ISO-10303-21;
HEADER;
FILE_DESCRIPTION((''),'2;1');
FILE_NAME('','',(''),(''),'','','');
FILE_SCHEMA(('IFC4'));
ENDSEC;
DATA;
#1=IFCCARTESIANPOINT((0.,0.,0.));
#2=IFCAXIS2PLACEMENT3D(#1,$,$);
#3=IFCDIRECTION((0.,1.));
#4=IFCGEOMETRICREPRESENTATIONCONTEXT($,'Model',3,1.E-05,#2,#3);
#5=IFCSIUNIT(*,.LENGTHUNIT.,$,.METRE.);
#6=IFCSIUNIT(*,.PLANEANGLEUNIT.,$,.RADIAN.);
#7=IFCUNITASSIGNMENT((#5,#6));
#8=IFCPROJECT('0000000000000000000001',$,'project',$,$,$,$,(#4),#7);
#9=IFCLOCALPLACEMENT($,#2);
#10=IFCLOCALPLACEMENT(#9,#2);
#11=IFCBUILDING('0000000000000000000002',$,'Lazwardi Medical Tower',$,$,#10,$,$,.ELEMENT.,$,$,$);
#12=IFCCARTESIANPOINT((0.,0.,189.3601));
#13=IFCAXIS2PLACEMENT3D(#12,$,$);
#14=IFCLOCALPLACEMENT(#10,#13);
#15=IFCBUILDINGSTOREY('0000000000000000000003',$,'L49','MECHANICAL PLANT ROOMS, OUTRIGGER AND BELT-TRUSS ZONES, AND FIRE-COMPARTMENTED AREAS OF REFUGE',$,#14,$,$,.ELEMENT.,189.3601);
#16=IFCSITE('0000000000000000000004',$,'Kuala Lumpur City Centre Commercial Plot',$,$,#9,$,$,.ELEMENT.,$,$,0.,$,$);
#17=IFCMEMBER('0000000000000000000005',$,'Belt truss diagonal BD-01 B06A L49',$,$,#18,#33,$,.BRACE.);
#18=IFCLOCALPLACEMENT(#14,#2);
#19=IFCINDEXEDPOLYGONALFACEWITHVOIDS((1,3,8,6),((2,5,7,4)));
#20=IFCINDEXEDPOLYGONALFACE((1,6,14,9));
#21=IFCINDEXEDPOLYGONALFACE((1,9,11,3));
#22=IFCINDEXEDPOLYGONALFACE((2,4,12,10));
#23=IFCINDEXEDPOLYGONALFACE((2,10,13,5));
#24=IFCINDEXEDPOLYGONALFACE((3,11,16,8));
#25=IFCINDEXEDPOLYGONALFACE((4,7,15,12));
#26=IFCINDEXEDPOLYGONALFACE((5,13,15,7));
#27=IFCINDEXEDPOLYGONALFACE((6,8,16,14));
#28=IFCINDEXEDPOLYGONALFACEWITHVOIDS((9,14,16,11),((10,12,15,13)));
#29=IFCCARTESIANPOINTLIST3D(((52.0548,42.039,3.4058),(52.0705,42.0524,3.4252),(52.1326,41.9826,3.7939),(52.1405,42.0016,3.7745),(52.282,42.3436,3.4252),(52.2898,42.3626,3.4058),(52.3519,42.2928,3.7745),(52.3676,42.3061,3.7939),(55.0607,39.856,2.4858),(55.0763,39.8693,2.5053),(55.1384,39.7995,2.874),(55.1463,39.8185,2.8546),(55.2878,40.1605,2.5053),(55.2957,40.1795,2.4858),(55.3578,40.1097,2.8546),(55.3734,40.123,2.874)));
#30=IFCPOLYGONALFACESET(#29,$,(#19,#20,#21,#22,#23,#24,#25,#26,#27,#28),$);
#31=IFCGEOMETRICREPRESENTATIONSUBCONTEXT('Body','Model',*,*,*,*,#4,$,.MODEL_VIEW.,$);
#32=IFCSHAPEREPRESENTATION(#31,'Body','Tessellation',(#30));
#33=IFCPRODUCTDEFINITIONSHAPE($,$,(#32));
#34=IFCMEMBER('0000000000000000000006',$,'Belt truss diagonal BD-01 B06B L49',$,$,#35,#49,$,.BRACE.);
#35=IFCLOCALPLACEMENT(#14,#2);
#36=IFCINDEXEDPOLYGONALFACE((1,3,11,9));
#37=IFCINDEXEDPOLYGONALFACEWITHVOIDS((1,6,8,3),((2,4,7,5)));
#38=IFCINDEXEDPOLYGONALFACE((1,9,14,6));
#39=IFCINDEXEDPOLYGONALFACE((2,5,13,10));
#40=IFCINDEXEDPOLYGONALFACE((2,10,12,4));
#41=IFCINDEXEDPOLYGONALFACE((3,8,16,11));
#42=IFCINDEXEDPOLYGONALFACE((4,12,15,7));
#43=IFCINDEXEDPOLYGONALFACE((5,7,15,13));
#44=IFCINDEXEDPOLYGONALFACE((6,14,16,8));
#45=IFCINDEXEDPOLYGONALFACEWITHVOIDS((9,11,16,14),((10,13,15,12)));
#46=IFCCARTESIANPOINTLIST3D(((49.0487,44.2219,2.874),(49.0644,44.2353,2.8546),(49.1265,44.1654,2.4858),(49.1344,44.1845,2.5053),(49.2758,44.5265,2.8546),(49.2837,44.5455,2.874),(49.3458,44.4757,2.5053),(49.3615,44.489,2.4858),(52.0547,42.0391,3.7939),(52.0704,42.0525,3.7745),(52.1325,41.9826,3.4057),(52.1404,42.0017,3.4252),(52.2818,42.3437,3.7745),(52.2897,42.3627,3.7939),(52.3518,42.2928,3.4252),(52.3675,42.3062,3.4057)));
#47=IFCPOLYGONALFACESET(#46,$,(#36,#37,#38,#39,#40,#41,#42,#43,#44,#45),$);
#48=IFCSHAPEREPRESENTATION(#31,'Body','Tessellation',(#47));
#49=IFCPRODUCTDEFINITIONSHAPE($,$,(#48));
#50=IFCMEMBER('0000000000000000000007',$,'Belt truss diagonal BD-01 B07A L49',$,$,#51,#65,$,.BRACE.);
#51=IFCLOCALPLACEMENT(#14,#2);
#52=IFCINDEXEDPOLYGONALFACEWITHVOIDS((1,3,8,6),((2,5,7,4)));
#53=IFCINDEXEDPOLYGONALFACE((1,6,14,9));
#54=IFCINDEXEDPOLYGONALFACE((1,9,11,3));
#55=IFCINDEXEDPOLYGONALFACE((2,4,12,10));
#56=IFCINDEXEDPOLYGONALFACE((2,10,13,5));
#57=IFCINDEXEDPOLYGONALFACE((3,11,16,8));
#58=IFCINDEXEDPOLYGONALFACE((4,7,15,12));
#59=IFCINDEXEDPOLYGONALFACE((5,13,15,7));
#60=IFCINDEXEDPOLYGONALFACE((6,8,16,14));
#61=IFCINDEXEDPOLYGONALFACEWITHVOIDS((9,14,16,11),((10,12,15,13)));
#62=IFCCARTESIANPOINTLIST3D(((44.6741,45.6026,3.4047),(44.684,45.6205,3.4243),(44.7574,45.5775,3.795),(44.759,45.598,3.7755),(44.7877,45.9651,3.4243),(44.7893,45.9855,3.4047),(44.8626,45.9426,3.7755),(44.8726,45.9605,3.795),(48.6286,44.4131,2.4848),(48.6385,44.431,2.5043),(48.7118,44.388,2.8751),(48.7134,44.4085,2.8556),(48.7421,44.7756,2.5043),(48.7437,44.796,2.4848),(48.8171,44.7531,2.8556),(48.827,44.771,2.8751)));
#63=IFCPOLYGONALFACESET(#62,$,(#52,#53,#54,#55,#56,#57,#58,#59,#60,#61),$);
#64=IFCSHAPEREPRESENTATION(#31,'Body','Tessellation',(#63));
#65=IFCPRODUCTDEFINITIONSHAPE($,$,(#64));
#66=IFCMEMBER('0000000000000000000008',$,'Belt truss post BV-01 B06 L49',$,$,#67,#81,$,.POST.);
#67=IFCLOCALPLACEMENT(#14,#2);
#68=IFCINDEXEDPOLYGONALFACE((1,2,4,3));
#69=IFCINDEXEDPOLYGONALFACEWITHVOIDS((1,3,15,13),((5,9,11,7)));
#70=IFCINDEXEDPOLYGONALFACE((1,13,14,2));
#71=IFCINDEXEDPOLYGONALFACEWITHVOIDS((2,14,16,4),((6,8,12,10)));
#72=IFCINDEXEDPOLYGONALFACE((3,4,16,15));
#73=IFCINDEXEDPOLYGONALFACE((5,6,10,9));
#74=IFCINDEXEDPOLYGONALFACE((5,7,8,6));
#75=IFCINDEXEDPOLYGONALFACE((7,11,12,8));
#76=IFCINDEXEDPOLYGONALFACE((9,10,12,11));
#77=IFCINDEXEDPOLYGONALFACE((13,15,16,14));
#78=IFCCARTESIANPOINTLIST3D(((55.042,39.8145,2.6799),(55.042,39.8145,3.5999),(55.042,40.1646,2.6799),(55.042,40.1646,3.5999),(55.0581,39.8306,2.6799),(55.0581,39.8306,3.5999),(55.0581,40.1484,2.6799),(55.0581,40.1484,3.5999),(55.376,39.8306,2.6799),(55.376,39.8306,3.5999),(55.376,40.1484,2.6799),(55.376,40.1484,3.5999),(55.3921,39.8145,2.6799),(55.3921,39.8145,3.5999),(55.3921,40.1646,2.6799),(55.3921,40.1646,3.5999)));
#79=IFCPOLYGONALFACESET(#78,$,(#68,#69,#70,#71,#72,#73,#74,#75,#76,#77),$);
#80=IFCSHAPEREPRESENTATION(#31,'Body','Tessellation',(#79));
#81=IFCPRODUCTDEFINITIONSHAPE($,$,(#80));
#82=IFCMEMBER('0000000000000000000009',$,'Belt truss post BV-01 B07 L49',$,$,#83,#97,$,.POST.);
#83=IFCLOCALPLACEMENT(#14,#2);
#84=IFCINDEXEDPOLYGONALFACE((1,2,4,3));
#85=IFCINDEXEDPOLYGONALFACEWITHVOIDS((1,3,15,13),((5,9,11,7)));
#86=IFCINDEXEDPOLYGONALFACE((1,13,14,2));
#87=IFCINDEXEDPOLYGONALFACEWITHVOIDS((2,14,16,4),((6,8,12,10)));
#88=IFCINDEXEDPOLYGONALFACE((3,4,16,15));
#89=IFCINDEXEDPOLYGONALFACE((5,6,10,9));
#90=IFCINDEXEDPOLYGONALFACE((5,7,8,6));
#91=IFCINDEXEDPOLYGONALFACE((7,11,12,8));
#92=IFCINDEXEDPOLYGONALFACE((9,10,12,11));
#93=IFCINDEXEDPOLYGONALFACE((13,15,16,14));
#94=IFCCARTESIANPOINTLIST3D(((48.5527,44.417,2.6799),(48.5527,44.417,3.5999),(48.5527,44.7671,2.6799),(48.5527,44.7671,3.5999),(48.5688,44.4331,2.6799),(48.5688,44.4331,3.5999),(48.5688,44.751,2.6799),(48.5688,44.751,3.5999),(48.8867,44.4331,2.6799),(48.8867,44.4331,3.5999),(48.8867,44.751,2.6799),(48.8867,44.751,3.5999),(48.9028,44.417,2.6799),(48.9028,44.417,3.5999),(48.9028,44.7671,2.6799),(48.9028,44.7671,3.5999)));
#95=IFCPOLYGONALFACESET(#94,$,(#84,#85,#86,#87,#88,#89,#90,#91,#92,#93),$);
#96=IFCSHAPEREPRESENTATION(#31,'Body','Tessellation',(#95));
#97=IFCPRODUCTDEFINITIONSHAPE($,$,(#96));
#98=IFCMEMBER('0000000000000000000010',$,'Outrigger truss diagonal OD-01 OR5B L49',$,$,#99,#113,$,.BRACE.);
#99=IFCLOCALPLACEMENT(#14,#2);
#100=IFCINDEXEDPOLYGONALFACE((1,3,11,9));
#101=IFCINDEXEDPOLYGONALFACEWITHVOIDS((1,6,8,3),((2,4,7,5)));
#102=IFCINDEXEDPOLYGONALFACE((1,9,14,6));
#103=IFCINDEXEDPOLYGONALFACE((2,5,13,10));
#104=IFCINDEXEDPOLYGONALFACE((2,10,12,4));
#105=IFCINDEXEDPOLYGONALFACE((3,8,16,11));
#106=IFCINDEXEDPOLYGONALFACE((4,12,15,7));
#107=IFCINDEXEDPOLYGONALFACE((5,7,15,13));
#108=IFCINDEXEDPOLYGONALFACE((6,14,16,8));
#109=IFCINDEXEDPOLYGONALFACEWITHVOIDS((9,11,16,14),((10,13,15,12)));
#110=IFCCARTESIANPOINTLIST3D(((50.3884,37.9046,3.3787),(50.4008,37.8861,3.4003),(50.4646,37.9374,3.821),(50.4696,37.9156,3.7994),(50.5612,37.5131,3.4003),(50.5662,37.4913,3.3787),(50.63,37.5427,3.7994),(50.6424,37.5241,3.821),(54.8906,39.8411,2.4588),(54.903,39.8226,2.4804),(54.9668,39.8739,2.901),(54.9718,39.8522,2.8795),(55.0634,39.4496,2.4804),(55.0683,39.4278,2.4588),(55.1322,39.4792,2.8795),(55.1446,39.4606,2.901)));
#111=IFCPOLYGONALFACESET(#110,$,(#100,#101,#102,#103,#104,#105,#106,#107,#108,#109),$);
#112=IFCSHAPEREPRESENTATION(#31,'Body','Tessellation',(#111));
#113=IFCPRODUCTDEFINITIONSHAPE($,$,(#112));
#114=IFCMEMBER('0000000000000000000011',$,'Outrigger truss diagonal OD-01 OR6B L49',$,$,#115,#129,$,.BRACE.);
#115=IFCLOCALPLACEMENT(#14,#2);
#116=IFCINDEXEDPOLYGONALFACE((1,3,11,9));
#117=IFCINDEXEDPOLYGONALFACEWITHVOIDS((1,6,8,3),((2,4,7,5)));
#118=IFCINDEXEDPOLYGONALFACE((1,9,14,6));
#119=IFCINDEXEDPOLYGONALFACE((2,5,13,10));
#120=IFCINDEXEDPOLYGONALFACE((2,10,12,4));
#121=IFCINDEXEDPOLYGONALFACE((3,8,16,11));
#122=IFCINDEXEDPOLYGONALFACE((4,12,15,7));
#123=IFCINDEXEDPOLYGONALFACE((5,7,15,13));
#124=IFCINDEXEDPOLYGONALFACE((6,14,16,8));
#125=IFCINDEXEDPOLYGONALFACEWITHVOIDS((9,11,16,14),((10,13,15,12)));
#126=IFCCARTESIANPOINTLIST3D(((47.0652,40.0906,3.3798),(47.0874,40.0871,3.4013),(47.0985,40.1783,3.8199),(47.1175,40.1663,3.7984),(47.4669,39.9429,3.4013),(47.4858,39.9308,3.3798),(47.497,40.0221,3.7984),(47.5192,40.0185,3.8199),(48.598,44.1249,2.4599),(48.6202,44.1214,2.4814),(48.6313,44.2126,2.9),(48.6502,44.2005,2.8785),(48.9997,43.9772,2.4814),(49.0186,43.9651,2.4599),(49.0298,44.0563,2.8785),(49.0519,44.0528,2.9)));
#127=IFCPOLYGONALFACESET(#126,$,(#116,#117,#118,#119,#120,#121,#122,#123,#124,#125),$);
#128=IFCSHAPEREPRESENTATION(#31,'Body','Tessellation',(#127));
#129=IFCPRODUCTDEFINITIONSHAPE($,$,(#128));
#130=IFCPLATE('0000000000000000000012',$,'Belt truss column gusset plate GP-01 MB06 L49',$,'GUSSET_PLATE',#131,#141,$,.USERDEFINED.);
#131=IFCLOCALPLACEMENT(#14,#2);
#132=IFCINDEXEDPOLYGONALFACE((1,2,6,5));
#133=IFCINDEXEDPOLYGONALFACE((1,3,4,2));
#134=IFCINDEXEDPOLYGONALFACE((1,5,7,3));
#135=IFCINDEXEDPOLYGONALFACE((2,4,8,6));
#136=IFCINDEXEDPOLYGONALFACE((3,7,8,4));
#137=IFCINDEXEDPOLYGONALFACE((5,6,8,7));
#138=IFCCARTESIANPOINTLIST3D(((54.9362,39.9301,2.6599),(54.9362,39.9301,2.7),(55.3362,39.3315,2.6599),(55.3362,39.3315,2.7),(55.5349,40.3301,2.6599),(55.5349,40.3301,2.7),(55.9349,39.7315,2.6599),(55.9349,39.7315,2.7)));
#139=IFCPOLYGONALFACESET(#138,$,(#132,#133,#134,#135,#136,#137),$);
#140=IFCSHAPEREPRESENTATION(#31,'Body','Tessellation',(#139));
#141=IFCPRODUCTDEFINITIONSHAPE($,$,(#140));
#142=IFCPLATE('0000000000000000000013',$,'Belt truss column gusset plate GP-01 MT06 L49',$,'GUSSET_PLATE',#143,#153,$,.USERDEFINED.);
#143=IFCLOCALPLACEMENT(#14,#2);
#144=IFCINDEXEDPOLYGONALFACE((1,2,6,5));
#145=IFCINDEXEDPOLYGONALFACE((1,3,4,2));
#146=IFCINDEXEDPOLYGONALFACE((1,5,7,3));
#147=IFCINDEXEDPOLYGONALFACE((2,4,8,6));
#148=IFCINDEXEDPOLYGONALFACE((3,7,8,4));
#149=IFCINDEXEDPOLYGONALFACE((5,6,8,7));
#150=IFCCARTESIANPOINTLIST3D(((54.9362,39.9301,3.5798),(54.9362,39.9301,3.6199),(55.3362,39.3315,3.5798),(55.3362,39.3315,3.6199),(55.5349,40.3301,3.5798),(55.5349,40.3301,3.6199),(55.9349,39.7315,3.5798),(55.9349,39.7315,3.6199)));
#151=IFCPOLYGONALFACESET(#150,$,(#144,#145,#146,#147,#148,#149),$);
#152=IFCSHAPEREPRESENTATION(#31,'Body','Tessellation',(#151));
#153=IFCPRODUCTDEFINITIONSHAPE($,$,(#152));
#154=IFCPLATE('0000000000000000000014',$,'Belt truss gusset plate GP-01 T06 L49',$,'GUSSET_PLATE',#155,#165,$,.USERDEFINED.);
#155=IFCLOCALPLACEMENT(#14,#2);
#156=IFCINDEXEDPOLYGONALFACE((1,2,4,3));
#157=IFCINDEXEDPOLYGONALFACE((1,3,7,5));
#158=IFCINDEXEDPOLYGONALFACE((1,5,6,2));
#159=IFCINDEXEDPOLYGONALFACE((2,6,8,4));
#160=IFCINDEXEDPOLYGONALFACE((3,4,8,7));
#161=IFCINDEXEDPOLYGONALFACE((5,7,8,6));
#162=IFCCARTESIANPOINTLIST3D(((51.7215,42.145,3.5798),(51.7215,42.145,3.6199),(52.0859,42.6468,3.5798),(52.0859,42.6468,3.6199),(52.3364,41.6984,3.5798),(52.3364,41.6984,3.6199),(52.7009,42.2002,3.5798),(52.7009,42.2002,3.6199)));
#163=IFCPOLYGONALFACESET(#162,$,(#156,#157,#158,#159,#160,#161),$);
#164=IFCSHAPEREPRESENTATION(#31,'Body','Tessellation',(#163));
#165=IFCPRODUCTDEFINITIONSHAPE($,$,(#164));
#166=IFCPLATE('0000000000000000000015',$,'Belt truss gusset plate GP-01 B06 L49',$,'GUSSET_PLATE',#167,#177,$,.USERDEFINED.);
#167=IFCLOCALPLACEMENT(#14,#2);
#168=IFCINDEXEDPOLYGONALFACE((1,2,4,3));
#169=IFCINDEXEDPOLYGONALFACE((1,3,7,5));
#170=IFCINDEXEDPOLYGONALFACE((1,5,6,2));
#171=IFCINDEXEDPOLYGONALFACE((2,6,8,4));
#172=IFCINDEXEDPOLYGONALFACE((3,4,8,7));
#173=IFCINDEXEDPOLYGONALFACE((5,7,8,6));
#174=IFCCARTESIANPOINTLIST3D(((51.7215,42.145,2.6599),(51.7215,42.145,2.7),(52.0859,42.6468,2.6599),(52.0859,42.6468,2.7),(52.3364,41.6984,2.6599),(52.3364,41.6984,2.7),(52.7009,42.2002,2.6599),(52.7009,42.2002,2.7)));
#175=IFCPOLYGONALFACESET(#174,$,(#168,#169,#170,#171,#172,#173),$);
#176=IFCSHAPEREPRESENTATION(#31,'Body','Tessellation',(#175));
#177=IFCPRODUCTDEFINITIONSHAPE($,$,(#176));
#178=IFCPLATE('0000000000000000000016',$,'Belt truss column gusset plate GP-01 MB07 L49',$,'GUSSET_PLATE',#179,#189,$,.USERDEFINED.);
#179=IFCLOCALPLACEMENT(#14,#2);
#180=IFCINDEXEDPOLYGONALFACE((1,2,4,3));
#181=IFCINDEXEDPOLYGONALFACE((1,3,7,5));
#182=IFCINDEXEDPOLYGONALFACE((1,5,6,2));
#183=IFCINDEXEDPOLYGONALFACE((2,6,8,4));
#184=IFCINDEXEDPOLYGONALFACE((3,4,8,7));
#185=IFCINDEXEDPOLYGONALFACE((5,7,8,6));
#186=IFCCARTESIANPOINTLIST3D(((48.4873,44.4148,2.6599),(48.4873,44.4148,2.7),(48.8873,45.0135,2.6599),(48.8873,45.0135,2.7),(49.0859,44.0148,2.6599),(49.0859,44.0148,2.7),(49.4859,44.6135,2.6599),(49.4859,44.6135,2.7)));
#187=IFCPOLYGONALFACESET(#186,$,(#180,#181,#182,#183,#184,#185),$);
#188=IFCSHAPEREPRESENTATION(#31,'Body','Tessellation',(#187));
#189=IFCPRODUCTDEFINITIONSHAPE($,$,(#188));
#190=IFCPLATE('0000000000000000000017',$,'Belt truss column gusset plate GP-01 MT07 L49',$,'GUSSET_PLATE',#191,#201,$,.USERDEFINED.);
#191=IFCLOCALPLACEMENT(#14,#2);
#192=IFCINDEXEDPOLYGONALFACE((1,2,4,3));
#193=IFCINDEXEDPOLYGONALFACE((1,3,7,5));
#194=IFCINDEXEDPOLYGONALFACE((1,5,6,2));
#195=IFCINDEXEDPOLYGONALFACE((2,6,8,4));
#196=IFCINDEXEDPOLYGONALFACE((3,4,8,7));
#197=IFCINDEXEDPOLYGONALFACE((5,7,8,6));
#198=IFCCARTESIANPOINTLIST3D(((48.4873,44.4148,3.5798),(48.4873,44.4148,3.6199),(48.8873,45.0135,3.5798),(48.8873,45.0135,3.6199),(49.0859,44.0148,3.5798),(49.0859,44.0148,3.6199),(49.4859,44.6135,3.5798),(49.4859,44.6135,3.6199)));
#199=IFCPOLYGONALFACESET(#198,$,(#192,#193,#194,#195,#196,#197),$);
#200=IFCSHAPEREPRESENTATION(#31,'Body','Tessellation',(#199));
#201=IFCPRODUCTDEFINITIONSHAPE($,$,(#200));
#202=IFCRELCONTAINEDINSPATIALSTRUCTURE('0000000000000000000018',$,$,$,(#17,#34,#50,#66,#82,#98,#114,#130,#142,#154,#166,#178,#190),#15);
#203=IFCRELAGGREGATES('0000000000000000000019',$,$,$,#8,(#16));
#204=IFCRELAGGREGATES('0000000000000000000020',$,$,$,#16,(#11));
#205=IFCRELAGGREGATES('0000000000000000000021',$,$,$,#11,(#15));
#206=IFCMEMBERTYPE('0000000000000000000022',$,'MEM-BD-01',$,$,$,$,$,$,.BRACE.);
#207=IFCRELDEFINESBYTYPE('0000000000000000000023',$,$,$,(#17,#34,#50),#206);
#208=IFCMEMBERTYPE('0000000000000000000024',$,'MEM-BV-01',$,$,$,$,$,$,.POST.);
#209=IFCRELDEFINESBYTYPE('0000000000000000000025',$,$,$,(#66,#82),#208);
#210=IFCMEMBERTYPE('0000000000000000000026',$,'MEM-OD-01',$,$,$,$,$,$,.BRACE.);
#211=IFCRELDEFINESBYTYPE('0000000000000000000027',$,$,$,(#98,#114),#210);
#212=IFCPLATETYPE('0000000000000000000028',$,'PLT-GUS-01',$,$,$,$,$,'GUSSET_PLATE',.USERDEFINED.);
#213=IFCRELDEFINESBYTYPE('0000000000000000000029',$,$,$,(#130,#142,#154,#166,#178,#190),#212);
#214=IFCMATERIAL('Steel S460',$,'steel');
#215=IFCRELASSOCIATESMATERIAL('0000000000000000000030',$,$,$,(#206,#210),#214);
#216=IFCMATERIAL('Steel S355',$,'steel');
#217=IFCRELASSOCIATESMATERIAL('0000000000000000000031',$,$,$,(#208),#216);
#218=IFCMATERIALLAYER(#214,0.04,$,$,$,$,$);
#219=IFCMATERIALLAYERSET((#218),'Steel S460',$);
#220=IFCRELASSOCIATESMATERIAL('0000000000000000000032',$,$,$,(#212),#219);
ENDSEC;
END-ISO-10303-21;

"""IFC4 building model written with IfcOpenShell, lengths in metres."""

from ifc_helpers import new_model, si_unit, direction, frame, origin, origin_2d, place, context, subcontext, project, spatial, rectangle, hollow_rectangle, extrude, material, layer, layer_set, material_profile, profile_set, type_object, element, save


model = new_model("IFC4")

# Units and contexts
model_context = context("Model", 3, precision=1e-05, world=origin(), true_north=direction((0.0, 1.0)))
body_context = subcontext(model_context, "Body", "Model", "MODEL_VIEW")
ifc_project = project(units=[si_unit("LENGTHUNIT", "METRE"), si_unit("PLANEANGLEUNIT", "RADIAN")], contexts=[model_context])

# Site, building, storey
site_placement = place(None, origin())
site = spatial("IfcSite", under=ifc_project, at=site_placement, Name="Kuala Lumpur City Centre Commercial Plot", CompositionType="ELEMENT", RefElevation=0.0)
building_placement = place(site_placement, origin())
building = spatial("IfcBuilding", under=site, at=building_placement, Name="Lazwardi Medical Tower", CompositionType="ELEMENT")
storey_placement = place(building_placement, frame((0.0, 0.0, 189.3601)))
storey = spatial("IfcBuildingStorey", under=building, at=storey_placement, Name="L49", Description="MECHANICAL PLANT ROOMS, OUTRIGGER AND BELT-TRUSS ZONES, AND FIRE-COMPARTMENTED AREAS OF REFUGE", CompositionType="ELEMENT", Elevation=189.3601)

# Shared definitions
ifc_material_1 = material(Name="Steel S355", Category="steel")
ifc_material_2 = material(Name="Steel S460", Category="steel")

# Members
ifc_material_profile_1 = material_profile(ifc_material_2, hollow_rectangle(XDim=0.3999, YDim=0.3999, WallThickness=0.02, at=origin_2d()), Name="RHS 400x400x20")
ifc_profile_set_1 = profile_set([ifc_material_profile_1], Name="Steel S460")
member_type_1 = type_object("IfcMemberType", Name="MEM-BD-01", PredefinedType="BRACE", material=ifc_profile_set_1)
for number, where, z_axis, x_axis, name in (
    (1, (55.217, 39.9895, 2.6799), (-0.785396, 0.57042, 0.240365), (-0.587648, -0.809117, 0.0), "Belt truss diagonal BD-01 B06A L49"),
    (2, (49.2051, 44.3555, 2.6799), (0.785449, -0.570348, 0.240361), (0.587574, 0.809171, 0.0), "Belt truss diagonal BD-01 B06B L49"),
):
    element("IfcMember", number, at=place(storey_placement, frame(where, z_axis=z_axis, x_axis=x_axis)), inside=storey, type_object=member_type_1, Name=name, PredefinedType="BRACE", context=body_context, shape_type="SweptSolid", body=[
        extrude(hollow_rectangle(XDim=0.3999, YDim=0.3999, WallThickness=0.02, at=origin_2d()), origin(), (0.0, 0.0, 1.0), 3.8271),
    ])
member_1_placement = place(storey_placement, frame((48.7278, 44.592, 2.6799), z_axis=(-0.934703, 0.281155, 0.217445), x_axis=(-0.288048, -0.957616, 0.0)))
element("IfcMember", 3, at=member_1_placement, inside=storey, type_object=member_type_1, Name="Belt truss diagonal BD-01 B07A L49", PredefinedType="BRACE", context=body_context, shape_type="SweptSolid", body=[
    extrude(hollow_rectangle(XDim=0.3999, YDim=0.3999, WallThickness=0.02, at=origin_2d()), origin(), (0.0, 0.0, 1.0), 4.2307),
])
ifc_material_profile_2 = material_profile(ifc_material_1, hollow_rectangle(XDim=0.3501, YDim=0.3501, WallThickness=0.0161, at=origin_2d()), Name="RHS 350x350x16")
ifc_profile_set_2 = profile_set([ifc_material_profile_2], Name="Steel S355")
member_type_2 = type_object("IfcMemberType", Name="MEM-BV-01", PredefinedType="POST", material=ifc_profile_set_2)
for number, where, z_axis, x_axis, name in (
    (4, (55.217, 39.9895, 2.6799), (0.0, 0.0, 1.0), (1.0, 0.0, 0.0), "Belt truss post BV-01 B06 L49"),
    (5, (48.7278, 44.592, 2.6799), (0.0, 0.0, 1.0), (1.0, 0.0, 0.0), "Belt truss post BV-01 B07 L49"),
):
    element("IfcMember", number, at=place(storey_placement, frame(where, z_axis=z_axis, x_axis=x_axis)), inside=storey, type_object=member_type_2, Name=name, PredefinedType="POST", context=body_context, shape_type="SweptSolid", body=[
        extrude(hollow_rectangle(XDim=0.3501, YDim=0.3501, WallThickness=0.0161, at=origin_2d()), origin(), (0.0, 0.0, 1.0), 0.9199),
    ])
ifc_material_profile_3 = material_profile(ifc_material_2, hollow_rectangle(XDim=0.45, YDim=0.45, WallThickness=0.022, at=origin_2d()), Name="RHS 450x450x22")
ifc_profile_set_3 = profile_set([ifc_material_profile_3], Name="Steel S460")
member_type_3 = type_object("IfcMemberType", Name="MEM-OD-01", PredefinedType="BRACE", material=ifc_profile_set_3)
member_2_placement = place(storey_placement, frame((55.0176, 39.6509, 2.6799), z_axis=(-0.902859, -0.388346, 0.184479), x_axis=(0.395127, -0.918626, 0.0)))
element("IfcMember", 6, at=member_2_placement, inside=storey, type_object=member_type_3, Name="Outrigger truss diagonal OD-01 OR5B L49", PredefinedType="BRACE", context=body_context, shape_type="SweptSolid", body=[
    extrude(hollow_rectangle(XDim=0.45, YDim=0.45, WallThickness=0.022, at=origin_2d()), origin(), (0.0, 0.0, 1.0), 4.9866),
])
member_3_placement = place(storey_placement, frame((48.825, 44.0889, 2.6799), z_axis=(-0.347358, -0.914264, 0.208481), x_axis=(0.934805, -0.355162, 0.0)))
element("IfcMember", 7, at=member_3_placement, inside=storey, type_object=member_type_3, Name="Outrigger truss diagonal OD-01 OR6B L49", PredefinedType="BRACE", context=body_context, shape_type="SweptSolid", body=[
    extrude(hollow_rectangle(XDim=0.45, YDim=0.45, WallThickness=0.022, at=origin_2d()), origin(), (0.0, 0.0, 1.0), 4.4126),
])

# Plates
ifc_layer_1 = layer(ifc_material_2, 0.04)
ifc_layer_set_1 = layer_set([ifc_layer_1], Name="Steel S460")
plate_type = type_object("IfcPlateType", Name="PLT-GUS-01", ElementType="GUSSET_PLATE", PredefinedType="USERDEFINED", material=ifc_layer_set_1)
for number, where, z_axis, x_axis, name in (
    (8, (55.4355, 39.8308, 2.6599), (0.0, 0.0, 1.0), (0.83147, 0.55557, 0.0), "Belt truss column gusset plate GP-01 MB06 L49"),
    (9, (55.4355, 39.8308, 3.5798), (0.0, 0.0, 1.0), (0.83147, 0.55557, 0.0), "Belt truss column gusset plate GP-01 MT06 L49"),
):
    element("IfcPlate", number, at=place(storey_placement, frame(where, z_axis=z_axis, x_axis=x_axis)), inside=storey, type_object=plate_type, Name=name, ObjectType="GUSSET_PLATE", PredefinedType="USERDEFINED", context=body_context, shape_type="SweptSolid", body=[
        extrude(rectangle(XDim=0.72, YDim=0.72, at=origin_2d()), origin(), (0.0, 0.0, 1.0), 0.04),
    ])
for number, where, z_axis, x_axis, name in (
    (10, (52.2112, 42.1726, 3.5798), (0.0, 0.0, 1.0), (-0.80912, 0.587644, 0.0), "Belt truss gusset plate GP-01 T06 L49"),
    (11, (52.2112, 42.1726, 2.6599), (0.0, 0.0, 1.0), (-0.80912, 0.587644, 0.0), "Belt truss gusset plate GP-01 B06 L49"),
):
    element("IfcPlate", number, at=place(storey_placement, frame(where, z_axis=z_axis, x_axis=x_axis)), inside=storey, type_object=plate_type, Name=name, ObjectType="GUSSET_PLATE", PredefinedType="USERDEFINED", context=body_context, shape_type="SweptSolid", body=[
        extrude(rectangle(XDim=0.76, YDim=0.6201, at=origin_2d()), origin(), (0.0, 0.0, 1.0), 0.04),
    ])
for number, where, z_axis, x_axis, name in (
    (12, (48.9866, 44.5142, 2.6599), (0.0, 0.0, 1.0), (0.55557, 0.83147, 0.0), "Belt truss column gusset plate GP-01 MB07 L49"),
    (13, (48.9866, 44.5142, 3.5798), (0.0, 0.0, 1.0), (0.55557, 0.83147, 0.0), "Belt truss column gusset plate GP-01 MT07 L49"),
):
    element("IfcPlate", number, at=place(storey_placement, frame(where, z_axis=z_axis, x_axis=x_axis)), inside=storey, type_object=plate_type, Name=name, ObjectType="GUSSET_PLATE", PredefinedType="USERDEFINED", context=body_context, shape_type="SweptSolid", body=[
        extrude(rectangle(XDim=0.72, YDim=0.72, at=origin_2d()), origin(), (0.0, 0.0, 1.0), 0.04),
    ])

save(model, "model.ifc")
